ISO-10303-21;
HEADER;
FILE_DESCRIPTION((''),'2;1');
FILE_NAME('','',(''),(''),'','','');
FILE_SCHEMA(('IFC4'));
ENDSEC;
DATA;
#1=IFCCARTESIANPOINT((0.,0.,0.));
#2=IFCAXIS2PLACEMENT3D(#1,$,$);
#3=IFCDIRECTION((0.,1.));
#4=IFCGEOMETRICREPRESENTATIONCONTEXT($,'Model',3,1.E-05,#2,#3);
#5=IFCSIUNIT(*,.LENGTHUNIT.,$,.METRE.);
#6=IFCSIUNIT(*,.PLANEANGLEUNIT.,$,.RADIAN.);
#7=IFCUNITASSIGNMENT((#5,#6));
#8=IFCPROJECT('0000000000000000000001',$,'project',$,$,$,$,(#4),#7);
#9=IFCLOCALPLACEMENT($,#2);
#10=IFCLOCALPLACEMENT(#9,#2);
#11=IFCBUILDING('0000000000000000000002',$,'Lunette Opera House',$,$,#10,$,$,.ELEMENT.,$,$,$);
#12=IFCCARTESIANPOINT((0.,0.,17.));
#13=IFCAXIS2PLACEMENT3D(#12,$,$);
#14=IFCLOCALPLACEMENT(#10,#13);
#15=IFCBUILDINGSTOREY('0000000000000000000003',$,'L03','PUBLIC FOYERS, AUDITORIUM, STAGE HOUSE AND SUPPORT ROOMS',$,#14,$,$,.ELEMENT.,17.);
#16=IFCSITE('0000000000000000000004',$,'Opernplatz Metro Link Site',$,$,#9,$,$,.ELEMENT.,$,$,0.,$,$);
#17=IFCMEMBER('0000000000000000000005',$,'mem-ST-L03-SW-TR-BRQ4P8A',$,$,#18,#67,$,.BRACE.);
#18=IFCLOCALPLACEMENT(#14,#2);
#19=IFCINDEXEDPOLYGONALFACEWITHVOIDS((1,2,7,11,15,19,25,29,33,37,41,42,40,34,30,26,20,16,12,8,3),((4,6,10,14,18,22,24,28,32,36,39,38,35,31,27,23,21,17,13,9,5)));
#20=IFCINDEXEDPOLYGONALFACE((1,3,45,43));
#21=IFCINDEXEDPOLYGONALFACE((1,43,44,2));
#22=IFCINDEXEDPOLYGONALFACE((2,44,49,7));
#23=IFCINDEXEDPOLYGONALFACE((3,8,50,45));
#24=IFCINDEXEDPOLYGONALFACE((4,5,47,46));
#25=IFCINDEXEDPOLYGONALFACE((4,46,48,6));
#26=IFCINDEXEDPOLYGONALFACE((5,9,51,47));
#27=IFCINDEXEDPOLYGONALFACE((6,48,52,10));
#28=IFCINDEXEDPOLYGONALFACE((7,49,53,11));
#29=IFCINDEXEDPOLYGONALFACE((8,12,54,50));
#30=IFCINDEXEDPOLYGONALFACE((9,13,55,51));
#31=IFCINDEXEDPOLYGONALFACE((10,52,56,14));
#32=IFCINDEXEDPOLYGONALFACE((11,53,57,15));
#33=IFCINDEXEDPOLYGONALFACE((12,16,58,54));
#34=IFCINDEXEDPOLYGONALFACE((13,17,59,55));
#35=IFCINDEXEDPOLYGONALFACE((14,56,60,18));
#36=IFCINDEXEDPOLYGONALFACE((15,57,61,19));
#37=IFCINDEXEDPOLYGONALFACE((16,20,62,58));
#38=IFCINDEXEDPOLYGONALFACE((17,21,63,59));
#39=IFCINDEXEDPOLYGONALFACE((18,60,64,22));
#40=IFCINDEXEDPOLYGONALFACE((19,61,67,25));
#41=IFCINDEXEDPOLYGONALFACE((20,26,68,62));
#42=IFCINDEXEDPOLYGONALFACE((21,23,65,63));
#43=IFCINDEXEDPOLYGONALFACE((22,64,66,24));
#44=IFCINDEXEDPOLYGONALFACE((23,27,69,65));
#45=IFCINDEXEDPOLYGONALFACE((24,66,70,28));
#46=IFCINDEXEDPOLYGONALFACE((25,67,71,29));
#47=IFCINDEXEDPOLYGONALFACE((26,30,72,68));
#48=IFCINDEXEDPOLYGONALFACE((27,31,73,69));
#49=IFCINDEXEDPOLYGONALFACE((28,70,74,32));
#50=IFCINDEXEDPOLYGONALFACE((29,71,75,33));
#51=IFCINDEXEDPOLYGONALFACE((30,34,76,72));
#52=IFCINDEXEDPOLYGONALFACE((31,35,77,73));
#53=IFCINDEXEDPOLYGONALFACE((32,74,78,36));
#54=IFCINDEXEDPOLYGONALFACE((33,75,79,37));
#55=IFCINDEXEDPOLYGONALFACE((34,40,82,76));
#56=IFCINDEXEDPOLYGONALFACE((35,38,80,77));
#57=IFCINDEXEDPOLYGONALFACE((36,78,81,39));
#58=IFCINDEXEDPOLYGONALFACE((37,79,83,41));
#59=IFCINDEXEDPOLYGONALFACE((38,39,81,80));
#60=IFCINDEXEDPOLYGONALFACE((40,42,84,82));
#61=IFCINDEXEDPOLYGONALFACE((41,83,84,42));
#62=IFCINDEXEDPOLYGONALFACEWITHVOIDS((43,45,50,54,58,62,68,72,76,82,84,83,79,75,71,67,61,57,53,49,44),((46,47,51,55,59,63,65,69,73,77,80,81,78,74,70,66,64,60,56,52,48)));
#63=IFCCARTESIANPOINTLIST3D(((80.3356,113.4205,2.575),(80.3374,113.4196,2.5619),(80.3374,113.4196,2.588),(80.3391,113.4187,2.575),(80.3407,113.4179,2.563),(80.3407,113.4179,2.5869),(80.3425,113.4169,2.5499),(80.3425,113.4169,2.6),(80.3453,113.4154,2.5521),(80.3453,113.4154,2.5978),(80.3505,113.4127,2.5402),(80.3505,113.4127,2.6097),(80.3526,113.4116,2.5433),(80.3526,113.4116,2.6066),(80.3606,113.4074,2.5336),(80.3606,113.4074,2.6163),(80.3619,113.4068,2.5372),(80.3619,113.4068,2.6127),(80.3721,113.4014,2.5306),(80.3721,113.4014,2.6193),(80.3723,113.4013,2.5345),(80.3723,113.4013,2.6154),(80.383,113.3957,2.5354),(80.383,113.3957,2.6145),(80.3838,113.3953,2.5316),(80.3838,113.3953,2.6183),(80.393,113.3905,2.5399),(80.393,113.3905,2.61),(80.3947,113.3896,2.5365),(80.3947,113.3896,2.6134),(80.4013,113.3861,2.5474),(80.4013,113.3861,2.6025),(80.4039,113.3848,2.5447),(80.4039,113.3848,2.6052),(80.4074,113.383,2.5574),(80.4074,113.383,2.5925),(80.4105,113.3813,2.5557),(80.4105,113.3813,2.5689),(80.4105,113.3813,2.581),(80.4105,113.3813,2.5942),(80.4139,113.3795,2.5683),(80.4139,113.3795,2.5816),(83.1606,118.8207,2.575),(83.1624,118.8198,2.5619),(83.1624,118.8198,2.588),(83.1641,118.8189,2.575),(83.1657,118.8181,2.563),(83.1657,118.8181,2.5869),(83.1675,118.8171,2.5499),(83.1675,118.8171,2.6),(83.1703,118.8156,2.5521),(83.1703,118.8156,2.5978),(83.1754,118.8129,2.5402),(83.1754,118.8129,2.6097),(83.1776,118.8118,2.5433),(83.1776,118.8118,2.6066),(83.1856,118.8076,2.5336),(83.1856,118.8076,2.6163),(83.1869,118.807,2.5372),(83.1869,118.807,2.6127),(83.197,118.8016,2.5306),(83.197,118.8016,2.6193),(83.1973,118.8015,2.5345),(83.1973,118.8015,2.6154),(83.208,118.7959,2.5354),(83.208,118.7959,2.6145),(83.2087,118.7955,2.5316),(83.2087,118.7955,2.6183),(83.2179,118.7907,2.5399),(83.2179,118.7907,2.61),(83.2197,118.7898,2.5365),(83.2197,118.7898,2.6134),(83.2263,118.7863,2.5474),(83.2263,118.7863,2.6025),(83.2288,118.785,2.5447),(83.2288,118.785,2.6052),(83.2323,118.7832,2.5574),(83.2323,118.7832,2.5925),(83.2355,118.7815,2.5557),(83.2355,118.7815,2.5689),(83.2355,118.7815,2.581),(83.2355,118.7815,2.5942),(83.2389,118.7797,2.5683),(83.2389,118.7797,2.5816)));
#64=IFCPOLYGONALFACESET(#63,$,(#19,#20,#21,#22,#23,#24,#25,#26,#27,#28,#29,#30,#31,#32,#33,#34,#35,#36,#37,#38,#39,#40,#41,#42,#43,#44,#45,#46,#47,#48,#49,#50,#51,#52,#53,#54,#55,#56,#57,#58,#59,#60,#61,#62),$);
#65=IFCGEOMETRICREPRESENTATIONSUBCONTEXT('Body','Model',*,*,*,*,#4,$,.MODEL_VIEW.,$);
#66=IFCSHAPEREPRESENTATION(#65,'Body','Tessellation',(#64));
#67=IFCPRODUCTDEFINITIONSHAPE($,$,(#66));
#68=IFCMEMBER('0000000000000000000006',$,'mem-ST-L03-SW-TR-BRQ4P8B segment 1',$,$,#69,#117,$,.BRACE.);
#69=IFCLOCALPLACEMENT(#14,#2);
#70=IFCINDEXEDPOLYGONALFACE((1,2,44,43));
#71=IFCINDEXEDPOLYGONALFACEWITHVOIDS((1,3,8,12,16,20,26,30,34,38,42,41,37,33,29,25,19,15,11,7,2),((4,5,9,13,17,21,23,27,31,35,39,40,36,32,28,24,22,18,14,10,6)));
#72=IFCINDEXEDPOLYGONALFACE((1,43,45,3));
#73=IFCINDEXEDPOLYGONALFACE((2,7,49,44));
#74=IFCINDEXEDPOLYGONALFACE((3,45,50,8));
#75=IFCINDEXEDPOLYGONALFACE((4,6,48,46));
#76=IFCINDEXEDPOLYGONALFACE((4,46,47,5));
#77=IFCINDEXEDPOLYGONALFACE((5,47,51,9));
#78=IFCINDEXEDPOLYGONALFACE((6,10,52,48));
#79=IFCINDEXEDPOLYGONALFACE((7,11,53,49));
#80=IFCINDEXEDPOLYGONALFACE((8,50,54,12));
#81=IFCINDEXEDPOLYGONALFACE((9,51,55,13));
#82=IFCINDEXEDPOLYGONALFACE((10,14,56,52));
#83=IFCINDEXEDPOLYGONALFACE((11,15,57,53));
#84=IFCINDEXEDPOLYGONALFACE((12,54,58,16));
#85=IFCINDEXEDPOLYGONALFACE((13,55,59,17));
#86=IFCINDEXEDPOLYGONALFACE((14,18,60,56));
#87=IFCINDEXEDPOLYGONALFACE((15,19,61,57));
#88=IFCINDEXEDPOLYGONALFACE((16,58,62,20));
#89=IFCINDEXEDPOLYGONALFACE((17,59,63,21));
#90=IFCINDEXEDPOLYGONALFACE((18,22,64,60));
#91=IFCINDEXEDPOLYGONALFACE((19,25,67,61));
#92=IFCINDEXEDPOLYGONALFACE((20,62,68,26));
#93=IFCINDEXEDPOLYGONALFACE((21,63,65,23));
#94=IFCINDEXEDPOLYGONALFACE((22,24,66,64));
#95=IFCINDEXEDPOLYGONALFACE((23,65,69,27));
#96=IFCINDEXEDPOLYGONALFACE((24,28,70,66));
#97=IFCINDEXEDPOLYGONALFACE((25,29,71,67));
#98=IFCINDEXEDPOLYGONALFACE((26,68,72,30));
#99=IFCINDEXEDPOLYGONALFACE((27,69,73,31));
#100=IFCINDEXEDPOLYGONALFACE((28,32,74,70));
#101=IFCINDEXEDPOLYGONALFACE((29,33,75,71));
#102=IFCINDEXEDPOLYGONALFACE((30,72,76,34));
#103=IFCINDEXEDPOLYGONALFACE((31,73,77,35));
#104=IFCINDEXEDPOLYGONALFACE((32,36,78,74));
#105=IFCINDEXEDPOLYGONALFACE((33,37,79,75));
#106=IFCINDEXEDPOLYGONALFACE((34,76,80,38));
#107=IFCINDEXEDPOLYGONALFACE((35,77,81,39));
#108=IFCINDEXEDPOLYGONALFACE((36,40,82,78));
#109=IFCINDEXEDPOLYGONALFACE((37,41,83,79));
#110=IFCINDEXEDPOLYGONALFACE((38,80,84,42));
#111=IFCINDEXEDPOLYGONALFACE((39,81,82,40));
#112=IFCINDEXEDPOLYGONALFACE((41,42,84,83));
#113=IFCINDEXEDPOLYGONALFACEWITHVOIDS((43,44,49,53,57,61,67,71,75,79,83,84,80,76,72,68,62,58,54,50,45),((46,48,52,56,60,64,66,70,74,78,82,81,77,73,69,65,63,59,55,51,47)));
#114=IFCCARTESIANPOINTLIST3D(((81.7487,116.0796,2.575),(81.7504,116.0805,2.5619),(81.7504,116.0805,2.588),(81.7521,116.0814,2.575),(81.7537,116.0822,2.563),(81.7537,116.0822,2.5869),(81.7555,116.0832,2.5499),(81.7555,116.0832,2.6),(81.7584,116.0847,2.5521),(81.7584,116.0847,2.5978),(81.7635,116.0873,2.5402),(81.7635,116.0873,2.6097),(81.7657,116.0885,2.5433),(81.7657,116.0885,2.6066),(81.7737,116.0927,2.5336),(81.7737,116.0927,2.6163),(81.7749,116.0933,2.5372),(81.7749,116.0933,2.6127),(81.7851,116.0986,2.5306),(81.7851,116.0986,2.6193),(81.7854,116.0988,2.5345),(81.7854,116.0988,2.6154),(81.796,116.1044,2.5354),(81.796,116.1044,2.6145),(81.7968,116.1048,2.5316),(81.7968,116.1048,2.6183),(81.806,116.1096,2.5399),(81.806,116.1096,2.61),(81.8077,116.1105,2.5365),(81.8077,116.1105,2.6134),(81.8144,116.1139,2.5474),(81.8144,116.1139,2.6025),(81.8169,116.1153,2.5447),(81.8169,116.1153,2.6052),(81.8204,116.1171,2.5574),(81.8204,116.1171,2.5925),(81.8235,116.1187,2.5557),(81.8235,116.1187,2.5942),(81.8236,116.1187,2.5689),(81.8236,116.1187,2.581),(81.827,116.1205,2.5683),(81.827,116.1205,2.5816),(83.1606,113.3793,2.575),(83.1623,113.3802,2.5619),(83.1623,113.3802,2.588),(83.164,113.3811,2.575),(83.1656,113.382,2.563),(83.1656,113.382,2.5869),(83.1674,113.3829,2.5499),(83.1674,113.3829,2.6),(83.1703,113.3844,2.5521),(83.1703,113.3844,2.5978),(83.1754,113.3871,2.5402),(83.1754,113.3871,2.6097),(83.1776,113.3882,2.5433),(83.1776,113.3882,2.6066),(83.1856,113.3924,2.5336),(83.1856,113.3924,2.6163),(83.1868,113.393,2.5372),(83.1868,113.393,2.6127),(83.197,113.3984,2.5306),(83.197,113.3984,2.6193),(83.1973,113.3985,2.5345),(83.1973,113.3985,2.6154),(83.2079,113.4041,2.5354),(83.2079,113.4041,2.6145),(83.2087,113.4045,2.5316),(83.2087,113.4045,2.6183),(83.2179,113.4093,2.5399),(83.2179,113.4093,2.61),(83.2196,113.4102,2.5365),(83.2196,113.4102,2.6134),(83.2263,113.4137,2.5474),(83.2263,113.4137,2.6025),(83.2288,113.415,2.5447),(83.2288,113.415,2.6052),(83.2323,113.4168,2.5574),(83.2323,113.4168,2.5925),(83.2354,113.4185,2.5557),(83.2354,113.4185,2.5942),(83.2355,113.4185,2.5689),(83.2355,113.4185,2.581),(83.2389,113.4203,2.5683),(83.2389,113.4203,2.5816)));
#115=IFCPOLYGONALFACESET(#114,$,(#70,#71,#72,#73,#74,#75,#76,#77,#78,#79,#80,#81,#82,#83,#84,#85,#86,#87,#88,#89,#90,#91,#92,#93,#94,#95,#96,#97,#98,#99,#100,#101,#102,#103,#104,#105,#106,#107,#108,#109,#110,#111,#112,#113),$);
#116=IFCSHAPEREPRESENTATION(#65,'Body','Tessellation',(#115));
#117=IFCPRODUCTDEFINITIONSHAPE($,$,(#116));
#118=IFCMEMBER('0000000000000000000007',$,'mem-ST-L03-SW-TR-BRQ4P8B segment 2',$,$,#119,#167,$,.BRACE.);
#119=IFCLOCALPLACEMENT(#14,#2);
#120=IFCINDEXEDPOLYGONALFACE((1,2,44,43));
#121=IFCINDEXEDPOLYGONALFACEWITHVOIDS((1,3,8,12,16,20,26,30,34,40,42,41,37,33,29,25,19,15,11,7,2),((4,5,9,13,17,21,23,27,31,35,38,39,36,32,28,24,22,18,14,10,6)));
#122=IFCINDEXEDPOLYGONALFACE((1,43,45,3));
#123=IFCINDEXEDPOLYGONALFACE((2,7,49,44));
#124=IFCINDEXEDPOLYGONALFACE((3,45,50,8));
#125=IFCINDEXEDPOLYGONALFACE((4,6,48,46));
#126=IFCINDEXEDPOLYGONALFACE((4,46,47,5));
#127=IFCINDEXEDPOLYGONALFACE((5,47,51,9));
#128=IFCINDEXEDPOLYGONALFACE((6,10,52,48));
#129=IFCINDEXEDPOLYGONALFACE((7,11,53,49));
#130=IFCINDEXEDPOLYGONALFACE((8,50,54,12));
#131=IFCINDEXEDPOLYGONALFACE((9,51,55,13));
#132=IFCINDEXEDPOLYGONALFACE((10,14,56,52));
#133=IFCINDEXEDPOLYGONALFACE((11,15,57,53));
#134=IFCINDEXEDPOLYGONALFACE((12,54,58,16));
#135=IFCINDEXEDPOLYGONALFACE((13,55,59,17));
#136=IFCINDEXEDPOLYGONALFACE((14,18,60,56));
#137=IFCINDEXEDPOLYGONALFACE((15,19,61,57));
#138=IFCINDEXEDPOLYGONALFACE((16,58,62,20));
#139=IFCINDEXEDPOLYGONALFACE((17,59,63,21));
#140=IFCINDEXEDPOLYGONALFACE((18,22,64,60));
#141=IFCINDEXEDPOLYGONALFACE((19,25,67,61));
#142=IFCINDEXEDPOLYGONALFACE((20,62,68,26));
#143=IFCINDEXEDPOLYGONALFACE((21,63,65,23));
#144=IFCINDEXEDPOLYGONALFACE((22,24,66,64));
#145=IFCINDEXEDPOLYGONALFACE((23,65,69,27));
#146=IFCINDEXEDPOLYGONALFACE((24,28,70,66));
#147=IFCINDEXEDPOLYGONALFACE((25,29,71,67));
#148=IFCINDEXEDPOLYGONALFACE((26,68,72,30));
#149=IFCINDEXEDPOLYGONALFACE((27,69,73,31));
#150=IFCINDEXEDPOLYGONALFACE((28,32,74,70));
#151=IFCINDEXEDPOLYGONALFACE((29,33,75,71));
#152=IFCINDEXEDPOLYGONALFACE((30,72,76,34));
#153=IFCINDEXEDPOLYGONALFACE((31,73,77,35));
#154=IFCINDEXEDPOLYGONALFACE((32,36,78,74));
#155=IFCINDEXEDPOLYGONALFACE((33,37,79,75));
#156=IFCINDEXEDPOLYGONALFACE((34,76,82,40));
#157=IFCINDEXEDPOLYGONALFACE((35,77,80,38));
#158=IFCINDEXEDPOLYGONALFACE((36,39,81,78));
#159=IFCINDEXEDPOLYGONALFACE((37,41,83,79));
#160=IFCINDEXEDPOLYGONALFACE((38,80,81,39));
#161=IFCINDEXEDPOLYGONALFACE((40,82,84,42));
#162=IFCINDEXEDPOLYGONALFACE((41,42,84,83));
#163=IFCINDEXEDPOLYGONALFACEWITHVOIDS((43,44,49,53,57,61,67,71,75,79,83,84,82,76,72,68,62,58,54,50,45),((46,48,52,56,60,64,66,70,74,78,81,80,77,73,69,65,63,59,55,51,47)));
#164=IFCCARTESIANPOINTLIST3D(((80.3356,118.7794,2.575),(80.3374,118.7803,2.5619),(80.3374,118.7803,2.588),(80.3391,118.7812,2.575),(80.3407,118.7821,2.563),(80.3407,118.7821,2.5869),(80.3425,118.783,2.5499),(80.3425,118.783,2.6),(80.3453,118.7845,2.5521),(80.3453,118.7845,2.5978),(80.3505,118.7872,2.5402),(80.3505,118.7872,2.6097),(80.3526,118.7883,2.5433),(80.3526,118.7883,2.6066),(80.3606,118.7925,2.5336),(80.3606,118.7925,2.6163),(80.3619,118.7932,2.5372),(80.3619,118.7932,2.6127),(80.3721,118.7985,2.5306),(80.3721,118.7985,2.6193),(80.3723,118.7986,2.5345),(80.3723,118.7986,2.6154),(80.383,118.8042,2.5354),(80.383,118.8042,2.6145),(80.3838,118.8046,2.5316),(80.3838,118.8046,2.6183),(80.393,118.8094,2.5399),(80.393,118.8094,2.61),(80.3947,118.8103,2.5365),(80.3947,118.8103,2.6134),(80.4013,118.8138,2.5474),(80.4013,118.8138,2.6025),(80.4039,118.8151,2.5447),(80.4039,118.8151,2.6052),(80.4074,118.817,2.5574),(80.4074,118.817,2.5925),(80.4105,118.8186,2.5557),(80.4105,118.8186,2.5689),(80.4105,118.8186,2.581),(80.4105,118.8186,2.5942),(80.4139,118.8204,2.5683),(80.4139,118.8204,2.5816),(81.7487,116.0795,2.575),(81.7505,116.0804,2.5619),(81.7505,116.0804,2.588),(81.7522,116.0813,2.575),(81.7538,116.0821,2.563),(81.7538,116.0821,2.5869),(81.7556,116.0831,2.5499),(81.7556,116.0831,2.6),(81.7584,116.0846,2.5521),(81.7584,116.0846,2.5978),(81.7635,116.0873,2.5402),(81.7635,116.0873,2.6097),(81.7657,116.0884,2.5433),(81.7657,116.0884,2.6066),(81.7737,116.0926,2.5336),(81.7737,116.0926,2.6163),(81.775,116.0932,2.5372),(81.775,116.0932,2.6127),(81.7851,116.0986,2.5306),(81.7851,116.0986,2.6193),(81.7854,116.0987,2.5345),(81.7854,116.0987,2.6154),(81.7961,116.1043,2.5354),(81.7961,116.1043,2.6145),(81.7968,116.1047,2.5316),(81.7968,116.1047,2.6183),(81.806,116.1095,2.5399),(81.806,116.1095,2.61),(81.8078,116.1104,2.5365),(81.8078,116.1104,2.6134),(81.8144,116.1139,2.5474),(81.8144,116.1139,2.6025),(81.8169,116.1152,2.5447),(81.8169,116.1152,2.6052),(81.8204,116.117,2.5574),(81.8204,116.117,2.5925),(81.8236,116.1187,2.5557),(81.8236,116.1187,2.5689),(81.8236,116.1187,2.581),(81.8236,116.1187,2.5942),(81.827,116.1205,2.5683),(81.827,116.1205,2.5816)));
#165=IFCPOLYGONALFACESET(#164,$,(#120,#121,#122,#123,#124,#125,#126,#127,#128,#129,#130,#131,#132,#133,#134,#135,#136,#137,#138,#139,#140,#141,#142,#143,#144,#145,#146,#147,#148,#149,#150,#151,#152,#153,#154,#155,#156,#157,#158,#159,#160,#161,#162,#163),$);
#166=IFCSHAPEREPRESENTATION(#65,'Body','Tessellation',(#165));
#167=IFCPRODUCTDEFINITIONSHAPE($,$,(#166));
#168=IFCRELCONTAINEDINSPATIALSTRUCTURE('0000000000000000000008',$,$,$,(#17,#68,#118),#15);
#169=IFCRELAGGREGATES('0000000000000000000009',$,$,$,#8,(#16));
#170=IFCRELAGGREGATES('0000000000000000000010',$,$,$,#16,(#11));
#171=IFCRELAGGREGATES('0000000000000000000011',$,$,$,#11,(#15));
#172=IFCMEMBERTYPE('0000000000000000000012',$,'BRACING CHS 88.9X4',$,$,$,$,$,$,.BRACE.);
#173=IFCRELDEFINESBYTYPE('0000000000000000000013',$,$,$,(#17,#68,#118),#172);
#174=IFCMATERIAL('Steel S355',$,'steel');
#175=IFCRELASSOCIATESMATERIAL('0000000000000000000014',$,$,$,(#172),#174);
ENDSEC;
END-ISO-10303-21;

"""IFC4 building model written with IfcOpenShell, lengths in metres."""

from ifc_helpers import new_model, si_unit, direction, frame, origin, origin_2d, place, context, subcontext, project, spatial, hollow_circle, extrude, material, material_profile, profile_set, type_object, element, save


model = new_model("IFC4")

# Units and contexts
model_context = context("Model", 3, precision=1e-05, world=origin(), true_north=direction((0.0, 1.0)))
body_context = subcontext(model_context, "Body", "Model", "MODEL_VIEW")
ifc_project = project(units=[si_unit("LENGTHUNIT", "METRE"), si_unit("PLANEANGLEUNIT", "RADIAN")], contexts=[model_context])

# Site, building, storey
site_placement = place(None, origin())
site = spatial("IfcSite", under=ifc_project, at=site_placement, Name="Opernplatz Metro Link Site", CompositionType="ELEMENT", RefElevation=0.0)
building_placement = place(site_placement, origin())
building = spatial("IfcBuilding", under=site, at=building_placement, Name="Lunette Opera House", CompositionType="ELEMENT")
storey_placement = place(building_placement, frame((0.0, 0.0, 17.0)))
storey = spatial("IfcBuildingStorey", under=building, at=storey_placement, Name="L03", Description="PUBLIC FOYERS, AUDITORIUM, STAGE HOUSE AND SUPPORT ROOMS", CompositionType="ELEMENT", Elevation=17.0)

# Members
ifc_material_1 = material(Name="Steel S355", Category="steel")
ifc_material_profile_1 = material_profile(ifc_material_1, hollow_circle(Radius=0.0444, WallThickness=0.0039, at=origin_2d()), Name="CHS 88.9X4")
ifc_profile_set_1 = profile_set([ifc_material_profile_1], Name="Steel S355")
member_type_1 = type_object("IfcMemberType", Name="BRACING CHS 88.9X4", PredefinedType="BRACE", material=ifc_profile_set_1)
member_1_placement = place(storey_placement, frame((80.375, 113.3999, 2.575), z_axis=(0.463531, 0.886081, 0.0), x_axis=(-0.886081, 0.463531, 0.0)))
element("IfcMember", 1, at=member_1_placement, inside=storey, type_object=member_type_1, Name="mem-ST-L03-SW-TR-BRQ4P8A", PredefinedType="BRACE", context=body_context, shape_type="SweptSolid", body=[
    extrude(hollow_circle(Radius=0.0444, WallThickness=0.0039, at=origin_2d()), origin(), (0.0, 0.0, 1.0), 6.0945),
])
member_2_placement = place(storey_placement, frame((83.2, 113.3999, 2.575), z_axis=(-0.463357, 0.886172, 0.0), x_axis=(-0.886172, -0.463357, 0.0)))
element("IfcMember", 2, at=member_2_placement, inside=storey, type_object=member_type_1, Name="mem-ST-L03-SW-TR-BRQ4P8B segment 1", PredefinedType="BRACE", context=body_context, shape_type="SweptSolid", body=[
    extrude(hollow_circle(Radius=0.0444, WallThickness=0.0039, at=origin_2d()), origin(), (0.0, 0.0, 1.0), 3.0471),
])
member_3_placement = place(storey_placement, frame((81.7881, 116.1001, 2.575), z_axis=(-0.463705, 0.88599, 0.0), x_axis=(-0.88599, -0.463705, 0.0)))
element("IfcMember", 3, at=member_3_placement, inside=storey, type_object=member_type_1, Name="mem-ST-L03-SW-TR-BRQ4P8B segment 2", PredefinedType="BRACE", context=body_context, shape_type="SweptSolid", body=[
    extrude(hollow_circle(Radius=0.0444, WallThickness=0.0039, at=origin_2d()), origin(), (0.0, 0.0, 1.0), 3.0474),
])

save(model, "model.ifc")
